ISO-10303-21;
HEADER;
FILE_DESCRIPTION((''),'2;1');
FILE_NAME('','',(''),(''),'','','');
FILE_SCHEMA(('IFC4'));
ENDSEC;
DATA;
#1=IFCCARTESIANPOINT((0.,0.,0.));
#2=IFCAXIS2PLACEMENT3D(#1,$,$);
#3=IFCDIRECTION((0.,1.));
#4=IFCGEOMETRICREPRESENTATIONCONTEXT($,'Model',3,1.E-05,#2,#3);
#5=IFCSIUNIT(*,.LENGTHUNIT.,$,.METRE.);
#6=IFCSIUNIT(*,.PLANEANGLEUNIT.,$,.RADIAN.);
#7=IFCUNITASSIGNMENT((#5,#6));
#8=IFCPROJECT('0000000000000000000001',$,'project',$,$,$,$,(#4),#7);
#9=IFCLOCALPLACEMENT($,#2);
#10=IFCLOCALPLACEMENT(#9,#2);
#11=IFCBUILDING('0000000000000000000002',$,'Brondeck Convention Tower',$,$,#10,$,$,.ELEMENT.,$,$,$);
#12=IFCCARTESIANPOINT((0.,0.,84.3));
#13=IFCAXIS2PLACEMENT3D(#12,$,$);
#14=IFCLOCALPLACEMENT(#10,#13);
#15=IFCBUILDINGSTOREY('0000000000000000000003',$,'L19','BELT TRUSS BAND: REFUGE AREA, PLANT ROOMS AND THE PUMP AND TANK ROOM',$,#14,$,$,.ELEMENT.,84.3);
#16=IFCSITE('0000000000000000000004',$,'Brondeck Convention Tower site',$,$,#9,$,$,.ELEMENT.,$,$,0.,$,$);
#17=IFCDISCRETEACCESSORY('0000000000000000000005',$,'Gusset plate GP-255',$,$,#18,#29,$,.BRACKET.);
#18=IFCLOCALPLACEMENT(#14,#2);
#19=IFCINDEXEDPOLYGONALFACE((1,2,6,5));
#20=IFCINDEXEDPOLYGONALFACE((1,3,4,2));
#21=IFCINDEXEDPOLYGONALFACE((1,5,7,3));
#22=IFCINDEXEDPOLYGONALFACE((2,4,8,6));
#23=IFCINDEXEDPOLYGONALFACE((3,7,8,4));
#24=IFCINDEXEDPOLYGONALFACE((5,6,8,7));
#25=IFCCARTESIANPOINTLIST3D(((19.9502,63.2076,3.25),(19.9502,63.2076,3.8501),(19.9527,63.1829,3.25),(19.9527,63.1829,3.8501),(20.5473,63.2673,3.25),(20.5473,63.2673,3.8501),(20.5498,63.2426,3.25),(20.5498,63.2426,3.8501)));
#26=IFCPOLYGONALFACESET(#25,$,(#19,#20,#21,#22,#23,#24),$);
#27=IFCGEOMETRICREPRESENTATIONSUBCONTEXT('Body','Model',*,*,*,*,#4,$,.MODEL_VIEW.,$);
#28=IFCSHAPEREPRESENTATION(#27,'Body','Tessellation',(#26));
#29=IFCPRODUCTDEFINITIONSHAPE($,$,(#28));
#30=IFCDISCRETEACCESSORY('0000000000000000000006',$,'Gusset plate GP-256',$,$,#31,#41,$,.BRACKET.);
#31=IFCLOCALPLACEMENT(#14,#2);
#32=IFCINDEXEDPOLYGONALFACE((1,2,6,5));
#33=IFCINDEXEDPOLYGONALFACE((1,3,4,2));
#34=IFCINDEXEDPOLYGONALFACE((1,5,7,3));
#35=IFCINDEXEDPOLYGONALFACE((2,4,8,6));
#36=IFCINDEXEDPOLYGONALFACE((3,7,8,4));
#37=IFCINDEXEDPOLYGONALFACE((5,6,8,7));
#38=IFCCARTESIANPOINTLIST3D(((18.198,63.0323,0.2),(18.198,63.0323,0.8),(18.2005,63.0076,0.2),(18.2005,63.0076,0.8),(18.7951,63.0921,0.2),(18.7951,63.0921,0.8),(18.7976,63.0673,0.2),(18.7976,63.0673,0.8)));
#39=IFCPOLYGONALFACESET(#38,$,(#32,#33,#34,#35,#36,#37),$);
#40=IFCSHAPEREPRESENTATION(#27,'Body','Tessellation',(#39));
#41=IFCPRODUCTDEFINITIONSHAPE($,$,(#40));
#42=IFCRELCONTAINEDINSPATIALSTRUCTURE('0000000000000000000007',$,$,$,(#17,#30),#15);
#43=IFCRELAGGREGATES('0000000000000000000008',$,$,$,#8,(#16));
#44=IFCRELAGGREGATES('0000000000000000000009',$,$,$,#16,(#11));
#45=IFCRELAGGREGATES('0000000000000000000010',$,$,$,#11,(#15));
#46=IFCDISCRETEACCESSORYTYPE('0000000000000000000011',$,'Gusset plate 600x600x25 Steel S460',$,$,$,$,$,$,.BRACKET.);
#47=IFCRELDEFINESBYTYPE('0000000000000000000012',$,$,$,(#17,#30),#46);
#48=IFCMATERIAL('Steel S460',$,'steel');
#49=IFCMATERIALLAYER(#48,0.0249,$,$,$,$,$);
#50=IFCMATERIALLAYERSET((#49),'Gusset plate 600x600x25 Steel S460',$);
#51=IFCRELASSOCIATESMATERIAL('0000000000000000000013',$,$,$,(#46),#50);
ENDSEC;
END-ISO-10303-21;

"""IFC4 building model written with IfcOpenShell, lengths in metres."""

from ifc_helpers import new_model, si_unit, direction, frame, origin, origin_2d, place, context, subcontext, project, spatial, rectangle, extrude, material, layer, layer_set, type_object, element, save


model = new_model("IFC4")

# Units and contexts
model_context = context("Model", 3, precision=1e-05, world=origin(), true_north=direction((0.0, 1.0)))
body_context = subcontext(model_context, "Body", "Model", "MODEL_VIEW")
ifc_project = project(units=[si_unit("LENGTHUNIT", "METRE"), si_unit("PLANEANGLEUNIT", "RADIAN")], contexts=[model_context])

# Site, building, storey
site_placement = place(None, origin())
site = spatial("IfcSite", under=ifc_project, at=site_placement, Name="Brondeck Convention Tower site", CompositionType="ELEMENT", RefElevation=0.0)
building_placement = place(site_placement, origin())
building = spatial("IfcBuilding", under=site, at=building_placement, Name="Brondeck Convention Tower", CompositionType="ELEMENT")
storey_placement = place(building_placement, frame((0.0, 0.0, 84.3)))
storey = spatial("IfcBuildingStorey", under=building, at=storey_placement, Name="L19", Description="BELT TRUSS BAND: REFUGE AREA, PLANT ROOMS AND THE PUMP AND TANK ROOM", CompositionType="ELEMENT", Elevation=84.3)

# Shared definitions
ifc_material_1 = material(Name="Steel S460", Category="steel")

# Discrete accessories
ifc_layer_1 = layer(ifc_material_1, 0.0249)
ifc_layer_set_1 = layer_set([ifc_layer_1], Name="Gusset plate 600x600x25 Steel S460")
discrete_accessory_type = type_object("IfcDiscreteAccessoryType", Name="Gusset plate 600x600x25 Steel S460", PredefinedType="BRACKET", material=ifc_layer_set_1)
for number, where, z_axis, x_axis, name in (
    (1, (20.25, 63.2251, 3.25), (0.0, 0.0, 1.0), (0.995036, 0.099511, 0.0), "Gusset plate GP-255"),
    (2, (18.4978, 63.0498, 0.2), (0.0, 0.0, 1.0), (0.995036, 0.099511, 0.0), "Gusset plate GP-256"),
):
    element("IfcDiscreteAccessory", number, at=place(storey_placement, frame(where, z_axis=z_axis, x_axis=x_axis)), inside=storey, type_object=discrete_accessory_type, Name=name, PredefinedType="BRACKET", context=body_context, shape_type="SweptSolid", body=[
        extrude(rectangle(XDim=0.6001, YDim=0.0249, at=origin_2d()), origin(), (0.0, 0.0, 1.0), 0.6001),
    ])

save(model, "model.ifc")
